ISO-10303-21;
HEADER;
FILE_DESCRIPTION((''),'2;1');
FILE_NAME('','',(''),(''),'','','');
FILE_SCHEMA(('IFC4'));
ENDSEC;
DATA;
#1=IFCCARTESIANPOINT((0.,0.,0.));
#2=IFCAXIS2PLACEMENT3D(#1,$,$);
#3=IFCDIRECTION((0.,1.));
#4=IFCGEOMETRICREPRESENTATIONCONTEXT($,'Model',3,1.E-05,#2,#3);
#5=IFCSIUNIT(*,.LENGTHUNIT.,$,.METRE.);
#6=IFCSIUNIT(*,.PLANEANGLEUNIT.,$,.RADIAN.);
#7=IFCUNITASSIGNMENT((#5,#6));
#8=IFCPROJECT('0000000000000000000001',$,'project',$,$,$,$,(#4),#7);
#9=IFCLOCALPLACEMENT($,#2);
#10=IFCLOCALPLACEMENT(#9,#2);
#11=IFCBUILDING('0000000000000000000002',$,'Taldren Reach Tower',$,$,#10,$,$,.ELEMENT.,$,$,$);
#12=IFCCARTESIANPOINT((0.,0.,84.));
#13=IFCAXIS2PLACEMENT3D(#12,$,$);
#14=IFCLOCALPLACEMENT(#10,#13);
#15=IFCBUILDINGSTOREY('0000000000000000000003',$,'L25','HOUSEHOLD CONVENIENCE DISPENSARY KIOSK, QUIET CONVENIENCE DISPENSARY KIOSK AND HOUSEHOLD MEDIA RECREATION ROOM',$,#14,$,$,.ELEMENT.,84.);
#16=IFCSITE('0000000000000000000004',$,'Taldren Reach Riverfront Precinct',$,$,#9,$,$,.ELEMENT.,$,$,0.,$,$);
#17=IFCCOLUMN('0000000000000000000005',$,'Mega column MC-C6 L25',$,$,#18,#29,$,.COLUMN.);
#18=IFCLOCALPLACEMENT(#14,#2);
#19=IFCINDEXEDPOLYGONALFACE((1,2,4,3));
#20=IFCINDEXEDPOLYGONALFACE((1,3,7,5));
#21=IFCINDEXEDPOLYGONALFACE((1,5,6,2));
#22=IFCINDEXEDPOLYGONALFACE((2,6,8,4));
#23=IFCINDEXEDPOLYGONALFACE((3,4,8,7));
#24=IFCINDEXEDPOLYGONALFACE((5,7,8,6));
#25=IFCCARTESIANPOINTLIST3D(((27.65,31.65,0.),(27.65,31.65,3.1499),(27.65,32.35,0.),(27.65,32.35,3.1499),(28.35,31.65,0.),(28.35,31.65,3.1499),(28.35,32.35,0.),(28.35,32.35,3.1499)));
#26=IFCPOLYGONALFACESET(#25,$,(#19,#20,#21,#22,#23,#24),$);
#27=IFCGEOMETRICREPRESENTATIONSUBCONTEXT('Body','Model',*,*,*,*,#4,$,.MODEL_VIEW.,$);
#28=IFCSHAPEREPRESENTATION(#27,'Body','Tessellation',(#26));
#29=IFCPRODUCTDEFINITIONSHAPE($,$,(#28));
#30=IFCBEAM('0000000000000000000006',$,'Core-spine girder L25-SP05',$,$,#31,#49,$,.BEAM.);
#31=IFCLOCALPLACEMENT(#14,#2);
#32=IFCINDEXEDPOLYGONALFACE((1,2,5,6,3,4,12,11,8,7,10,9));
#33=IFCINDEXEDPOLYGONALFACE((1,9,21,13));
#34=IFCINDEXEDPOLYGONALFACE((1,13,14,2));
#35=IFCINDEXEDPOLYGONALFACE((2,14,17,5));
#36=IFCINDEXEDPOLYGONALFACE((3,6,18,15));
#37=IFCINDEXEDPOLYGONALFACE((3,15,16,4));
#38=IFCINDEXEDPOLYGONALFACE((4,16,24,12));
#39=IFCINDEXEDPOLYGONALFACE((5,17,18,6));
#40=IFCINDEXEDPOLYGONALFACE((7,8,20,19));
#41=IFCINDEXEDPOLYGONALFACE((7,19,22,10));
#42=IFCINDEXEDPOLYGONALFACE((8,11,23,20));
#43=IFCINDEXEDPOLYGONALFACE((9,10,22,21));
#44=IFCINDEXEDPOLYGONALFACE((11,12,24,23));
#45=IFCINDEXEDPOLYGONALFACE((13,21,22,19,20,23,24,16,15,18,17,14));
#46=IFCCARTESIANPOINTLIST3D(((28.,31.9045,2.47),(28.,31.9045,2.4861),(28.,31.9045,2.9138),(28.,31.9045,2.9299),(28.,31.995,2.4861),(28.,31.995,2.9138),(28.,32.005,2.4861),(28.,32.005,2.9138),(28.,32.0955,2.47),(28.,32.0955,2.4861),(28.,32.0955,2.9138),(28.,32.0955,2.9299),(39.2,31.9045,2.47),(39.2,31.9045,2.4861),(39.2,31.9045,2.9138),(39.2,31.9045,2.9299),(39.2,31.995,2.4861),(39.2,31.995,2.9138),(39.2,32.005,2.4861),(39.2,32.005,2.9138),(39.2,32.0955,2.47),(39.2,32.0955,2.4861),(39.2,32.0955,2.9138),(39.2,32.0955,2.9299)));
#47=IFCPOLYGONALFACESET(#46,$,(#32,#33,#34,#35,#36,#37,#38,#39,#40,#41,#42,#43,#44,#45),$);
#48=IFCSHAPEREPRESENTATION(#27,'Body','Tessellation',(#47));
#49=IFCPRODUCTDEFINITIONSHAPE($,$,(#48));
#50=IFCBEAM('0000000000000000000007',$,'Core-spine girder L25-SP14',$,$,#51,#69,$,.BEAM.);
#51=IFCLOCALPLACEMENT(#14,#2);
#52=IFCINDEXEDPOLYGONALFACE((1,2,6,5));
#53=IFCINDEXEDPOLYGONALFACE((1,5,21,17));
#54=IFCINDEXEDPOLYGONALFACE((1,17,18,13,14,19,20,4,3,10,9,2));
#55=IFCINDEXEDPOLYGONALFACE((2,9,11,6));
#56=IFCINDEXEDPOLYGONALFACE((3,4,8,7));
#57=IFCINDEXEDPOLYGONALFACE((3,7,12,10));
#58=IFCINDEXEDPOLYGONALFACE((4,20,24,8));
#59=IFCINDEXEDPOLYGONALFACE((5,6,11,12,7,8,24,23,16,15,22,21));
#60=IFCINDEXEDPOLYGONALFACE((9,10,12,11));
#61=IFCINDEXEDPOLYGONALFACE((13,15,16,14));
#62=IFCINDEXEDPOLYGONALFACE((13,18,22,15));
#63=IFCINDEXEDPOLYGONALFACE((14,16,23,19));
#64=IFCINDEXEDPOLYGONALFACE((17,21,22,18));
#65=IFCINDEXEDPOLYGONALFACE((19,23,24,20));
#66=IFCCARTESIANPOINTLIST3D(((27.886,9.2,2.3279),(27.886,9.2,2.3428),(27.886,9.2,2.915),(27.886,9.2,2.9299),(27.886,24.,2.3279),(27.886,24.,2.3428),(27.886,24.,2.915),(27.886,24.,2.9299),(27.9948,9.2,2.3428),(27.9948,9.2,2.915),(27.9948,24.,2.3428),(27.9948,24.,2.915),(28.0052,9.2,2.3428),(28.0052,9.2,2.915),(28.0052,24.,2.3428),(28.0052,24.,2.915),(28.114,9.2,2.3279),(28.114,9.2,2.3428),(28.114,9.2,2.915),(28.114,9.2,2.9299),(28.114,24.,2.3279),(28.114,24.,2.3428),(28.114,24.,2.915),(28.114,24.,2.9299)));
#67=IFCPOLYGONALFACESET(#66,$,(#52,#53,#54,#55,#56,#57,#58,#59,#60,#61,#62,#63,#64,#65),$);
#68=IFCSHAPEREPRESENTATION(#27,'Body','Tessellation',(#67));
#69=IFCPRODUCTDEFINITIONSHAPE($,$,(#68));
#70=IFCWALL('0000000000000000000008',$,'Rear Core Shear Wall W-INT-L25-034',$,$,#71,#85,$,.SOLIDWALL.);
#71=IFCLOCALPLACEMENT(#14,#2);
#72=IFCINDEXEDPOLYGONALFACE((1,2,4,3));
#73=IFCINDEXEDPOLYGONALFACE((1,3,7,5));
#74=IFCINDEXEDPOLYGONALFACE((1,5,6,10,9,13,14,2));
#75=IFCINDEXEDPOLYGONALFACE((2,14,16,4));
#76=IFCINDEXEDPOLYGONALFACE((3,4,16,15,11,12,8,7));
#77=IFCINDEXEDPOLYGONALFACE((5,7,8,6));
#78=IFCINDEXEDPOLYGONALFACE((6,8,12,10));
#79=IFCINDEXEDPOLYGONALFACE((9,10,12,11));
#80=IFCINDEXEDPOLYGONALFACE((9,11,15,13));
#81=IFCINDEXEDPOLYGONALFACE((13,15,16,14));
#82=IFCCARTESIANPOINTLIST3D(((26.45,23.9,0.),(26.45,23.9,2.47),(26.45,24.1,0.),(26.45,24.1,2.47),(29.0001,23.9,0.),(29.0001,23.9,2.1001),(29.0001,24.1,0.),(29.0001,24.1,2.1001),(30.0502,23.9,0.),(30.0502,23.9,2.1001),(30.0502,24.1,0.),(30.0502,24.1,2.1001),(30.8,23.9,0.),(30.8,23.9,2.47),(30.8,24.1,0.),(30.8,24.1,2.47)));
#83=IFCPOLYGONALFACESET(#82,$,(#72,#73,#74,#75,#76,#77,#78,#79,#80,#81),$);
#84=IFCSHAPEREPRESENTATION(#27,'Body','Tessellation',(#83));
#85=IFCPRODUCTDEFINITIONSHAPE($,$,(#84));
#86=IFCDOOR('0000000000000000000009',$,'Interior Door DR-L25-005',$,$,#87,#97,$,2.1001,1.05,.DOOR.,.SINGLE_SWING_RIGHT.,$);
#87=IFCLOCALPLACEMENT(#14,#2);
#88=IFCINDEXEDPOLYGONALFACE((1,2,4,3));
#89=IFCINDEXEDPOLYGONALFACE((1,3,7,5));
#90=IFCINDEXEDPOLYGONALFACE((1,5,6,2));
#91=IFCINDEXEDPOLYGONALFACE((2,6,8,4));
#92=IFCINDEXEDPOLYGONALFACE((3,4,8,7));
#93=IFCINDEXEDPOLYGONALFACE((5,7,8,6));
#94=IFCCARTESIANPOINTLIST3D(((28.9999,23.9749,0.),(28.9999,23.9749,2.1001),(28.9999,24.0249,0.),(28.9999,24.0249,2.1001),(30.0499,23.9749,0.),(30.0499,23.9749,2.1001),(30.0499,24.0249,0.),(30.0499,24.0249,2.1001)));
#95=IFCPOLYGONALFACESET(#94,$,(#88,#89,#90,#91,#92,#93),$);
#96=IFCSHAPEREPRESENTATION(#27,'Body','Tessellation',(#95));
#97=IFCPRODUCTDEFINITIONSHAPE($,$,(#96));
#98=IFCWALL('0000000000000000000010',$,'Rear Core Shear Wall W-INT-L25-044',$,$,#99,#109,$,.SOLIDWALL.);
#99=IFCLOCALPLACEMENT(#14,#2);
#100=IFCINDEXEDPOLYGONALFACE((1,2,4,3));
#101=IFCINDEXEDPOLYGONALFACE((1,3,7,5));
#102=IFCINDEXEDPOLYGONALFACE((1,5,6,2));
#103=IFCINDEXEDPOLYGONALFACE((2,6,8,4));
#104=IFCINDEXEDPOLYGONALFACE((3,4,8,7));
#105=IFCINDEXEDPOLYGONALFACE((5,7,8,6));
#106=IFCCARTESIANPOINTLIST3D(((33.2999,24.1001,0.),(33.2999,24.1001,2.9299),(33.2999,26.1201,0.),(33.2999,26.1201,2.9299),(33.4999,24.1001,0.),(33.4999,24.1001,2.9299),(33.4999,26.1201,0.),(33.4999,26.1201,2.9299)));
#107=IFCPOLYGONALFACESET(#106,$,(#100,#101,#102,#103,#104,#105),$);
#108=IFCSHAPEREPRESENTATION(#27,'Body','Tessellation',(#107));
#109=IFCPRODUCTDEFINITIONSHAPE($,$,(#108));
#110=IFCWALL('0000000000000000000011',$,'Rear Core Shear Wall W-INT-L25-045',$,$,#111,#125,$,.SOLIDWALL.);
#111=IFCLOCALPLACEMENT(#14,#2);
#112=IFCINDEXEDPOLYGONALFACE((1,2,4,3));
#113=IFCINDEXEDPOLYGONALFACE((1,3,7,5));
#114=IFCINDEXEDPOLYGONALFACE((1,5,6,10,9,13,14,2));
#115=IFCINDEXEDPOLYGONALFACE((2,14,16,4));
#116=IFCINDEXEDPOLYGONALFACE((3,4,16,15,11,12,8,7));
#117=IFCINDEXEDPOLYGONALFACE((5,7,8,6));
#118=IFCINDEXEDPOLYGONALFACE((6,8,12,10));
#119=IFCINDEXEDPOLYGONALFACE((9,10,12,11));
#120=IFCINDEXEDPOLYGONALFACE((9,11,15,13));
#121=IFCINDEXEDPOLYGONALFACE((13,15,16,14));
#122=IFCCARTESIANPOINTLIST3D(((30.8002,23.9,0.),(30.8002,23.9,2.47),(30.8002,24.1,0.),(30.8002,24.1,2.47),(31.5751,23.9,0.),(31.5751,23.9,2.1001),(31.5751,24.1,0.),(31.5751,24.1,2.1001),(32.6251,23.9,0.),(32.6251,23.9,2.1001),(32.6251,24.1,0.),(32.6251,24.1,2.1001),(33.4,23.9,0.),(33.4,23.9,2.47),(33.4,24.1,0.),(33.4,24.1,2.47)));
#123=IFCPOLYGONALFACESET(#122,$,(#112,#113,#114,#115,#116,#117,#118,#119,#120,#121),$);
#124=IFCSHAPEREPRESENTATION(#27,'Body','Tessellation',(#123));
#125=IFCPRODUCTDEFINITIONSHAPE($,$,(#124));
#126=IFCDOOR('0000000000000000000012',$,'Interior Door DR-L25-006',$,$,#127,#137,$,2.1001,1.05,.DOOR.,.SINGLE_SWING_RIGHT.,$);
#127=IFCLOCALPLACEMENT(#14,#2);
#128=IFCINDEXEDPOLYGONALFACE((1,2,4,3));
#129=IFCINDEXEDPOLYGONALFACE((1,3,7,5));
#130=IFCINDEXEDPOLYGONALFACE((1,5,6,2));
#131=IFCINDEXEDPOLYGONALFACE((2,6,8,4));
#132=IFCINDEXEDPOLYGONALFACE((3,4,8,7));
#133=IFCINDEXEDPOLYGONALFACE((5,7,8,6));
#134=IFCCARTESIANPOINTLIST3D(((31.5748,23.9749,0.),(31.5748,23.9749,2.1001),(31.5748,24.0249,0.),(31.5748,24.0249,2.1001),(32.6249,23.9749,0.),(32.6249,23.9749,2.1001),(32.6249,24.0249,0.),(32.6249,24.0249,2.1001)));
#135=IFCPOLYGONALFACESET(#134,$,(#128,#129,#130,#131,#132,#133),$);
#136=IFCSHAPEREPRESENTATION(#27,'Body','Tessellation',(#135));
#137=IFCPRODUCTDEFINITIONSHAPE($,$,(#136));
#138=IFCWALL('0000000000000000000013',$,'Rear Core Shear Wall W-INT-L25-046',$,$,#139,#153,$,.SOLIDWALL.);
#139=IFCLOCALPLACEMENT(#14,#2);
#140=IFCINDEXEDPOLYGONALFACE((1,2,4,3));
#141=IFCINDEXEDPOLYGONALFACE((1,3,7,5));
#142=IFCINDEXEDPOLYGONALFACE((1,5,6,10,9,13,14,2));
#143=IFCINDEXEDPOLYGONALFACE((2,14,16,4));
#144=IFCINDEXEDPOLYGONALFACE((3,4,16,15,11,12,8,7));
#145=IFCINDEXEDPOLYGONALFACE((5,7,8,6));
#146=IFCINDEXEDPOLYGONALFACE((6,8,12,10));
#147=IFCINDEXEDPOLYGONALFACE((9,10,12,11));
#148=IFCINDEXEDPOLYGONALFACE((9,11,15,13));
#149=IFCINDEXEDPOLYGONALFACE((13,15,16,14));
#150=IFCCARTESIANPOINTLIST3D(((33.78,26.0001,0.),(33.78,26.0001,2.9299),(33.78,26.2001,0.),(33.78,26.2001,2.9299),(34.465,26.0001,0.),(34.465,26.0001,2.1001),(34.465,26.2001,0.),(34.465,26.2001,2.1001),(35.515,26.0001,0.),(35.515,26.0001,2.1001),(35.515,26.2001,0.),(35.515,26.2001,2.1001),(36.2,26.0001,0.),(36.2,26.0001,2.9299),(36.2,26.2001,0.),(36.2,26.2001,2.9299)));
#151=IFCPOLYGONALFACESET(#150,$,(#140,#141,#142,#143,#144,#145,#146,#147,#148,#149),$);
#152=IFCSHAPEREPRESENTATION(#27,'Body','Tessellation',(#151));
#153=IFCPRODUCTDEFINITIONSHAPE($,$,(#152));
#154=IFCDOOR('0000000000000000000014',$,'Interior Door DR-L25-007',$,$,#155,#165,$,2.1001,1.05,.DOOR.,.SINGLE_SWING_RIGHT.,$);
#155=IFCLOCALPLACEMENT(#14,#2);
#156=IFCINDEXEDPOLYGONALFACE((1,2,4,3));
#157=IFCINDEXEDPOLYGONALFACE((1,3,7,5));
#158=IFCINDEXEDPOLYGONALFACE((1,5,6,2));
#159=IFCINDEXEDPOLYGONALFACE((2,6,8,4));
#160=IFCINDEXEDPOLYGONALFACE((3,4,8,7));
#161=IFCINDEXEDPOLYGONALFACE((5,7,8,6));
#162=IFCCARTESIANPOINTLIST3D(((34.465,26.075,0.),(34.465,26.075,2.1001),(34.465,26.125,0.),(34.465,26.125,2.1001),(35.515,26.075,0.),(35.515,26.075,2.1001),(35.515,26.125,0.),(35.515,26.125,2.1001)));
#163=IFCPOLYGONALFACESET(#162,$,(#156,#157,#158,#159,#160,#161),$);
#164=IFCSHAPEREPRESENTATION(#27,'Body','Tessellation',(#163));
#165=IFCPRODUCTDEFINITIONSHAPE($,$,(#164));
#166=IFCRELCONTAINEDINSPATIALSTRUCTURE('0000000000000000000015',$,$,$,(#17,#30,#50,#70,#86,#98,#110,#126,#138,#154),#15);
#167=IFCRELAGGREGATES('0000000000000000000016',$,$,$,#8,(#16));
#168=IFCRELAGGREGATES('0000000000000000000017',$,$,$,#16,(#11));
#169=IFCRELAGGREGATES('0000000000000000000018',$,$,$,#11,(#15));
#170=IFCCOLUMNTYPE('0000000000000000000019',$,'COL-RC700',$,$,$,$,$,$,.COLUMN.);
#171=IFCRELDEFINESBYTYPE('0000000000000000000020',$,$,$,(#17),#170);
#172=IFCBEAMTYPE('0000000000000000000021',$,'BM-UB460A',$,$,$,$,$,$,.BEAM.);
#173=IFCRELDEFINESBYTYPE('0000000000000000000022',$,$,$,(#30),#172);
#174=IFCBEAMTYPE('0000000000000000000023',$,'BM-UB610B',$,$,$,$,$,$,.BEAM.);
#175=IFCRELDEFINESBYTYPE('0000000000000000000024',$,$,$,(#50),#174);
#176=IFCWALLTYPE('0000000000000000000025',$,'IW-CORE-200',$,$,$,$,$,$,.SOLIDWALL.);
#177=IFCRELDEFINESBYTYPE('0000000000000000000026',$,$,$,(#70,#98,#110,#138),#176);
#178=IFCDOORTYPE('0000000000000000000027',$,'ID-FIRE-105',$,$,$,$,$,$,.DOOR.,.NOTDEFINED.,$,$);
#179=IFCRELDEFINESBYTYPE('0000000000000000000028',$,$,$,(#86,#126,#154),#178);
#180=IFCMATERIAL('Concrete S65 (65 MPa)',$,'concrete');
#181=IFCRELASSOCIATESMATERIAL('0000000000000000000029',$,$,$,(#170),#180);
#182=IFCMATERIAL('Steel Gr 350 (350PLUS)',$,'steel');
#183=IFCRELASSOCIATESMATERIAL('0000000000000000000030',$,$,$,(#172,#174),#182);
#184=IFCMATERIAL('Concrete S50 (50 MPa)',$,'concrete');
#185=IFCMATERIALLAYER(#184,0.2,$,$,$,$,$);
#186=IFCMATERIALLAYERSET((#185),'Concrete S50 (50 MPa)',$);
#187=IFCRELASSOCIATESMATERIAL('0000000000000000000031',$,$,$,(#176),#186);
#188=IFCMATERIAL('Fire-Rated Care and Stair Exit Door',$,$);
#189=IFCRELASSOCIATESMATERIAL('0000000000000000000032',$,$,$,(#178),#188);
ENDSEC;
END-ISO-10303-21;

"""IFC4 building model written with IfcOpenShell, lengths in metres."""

from ifc_helpers import new_model, si_unit, direction, frame, frame_2d, origin, origin_2d, place, context, subcontext, project, spatial, rectangle, i_section, extrude, source, transform, mapped, material, layer, layer_set, material_profile, profile_set, type_object, element, fill, save


model = new_model("IFC4")

# Units and contexts
model_context = context("Model", 3, precision=1e-05, world=origin(), true_north=direction((0.0, 1.0)))
body_context = subcontext(model_context, "Body", "Model", "MODEL_VIEW")
ifc_project = project(units=[si_unit("LENGTHUNIT", "METRE"), si_unit("PLANEANGLEUNIT", "RADIAN")], contexts=[model_context])

# Site, building, storey
site_placement = place(None, origin())
site = spatial("IfcSite", under=ifc_project, at=site_placement, Name="Taldren Reach Riverfront Precinct", CompositionType="ELEMENT", RefElevation=0.0)
building_placement = place(site_placement, origin())
building = spatial("IfcBuilding", under=site, at=building_placement, Name="Taldren Reach Tower", CompositionType="ELEMENT")
storey_placement = place(building_placement, frame((0.0, 0.0, 84.0)))
storey = spatial("IfcBuildingStorey", under=building, at=storey_placement, Name="L25", Description="HOUSEHOLD CONVENIENCE DISPENSARY KIOSK, QUIET CONVENIENCE DISPENSARY KIOSK AND HOUSEHOLD MEDIA RECREATION ROOM", CompositionType="ELEMENT", Elevation=84.0)

# Column
ifc_material_1 = material(Name="Concrete S65 (65 MPa)", Category="concrete")
ifc_material_profile_1 = material_profile(ifc_material_1, rectangle(XDim=0.7, YDim=0.7, at=origin_2d()), Name="RC-700x700")
ifc_profile_set_1 = profile_set([ifc_material_profile_1], Name="Concrete S65 (65 MPa)")
column_type = type_object("IfcColumnType", Name="COL-RC700", PredefinedType="COLUMN", material=ifc_profile_set_1)
shared_shape_1 = source(origin(), body_context, "Body", "SweptSolid", [
    extrude(rectangle(XDim=0.7, YDim=0.7, at=origin_2d()), origin(), (0.0, 0.0, 1.0), 3.1499),
])
column_placement = place(storey_placement, frame((28.0, 32.0, 0.0), z_axis=(0.0, 0.0, 1.0), x_axis=(1.0, 0.0, 0.0)))
element("IfcColumn", 1, at=column_placement, inside=storey, type_object=column_type, Name="Mega column MC-C6 L25", PredefinedType="COLUMN", context=body_context, shape_type="MappedRepresentation", body=[
    mapped(shared_shape_1, transform((0.0, 0.0, 0.0), scale=1.0)),
])

# Beams
ifc_material_2 = material(Name="Steel Gr 350 (350PLUS)", Category="steel")
ifc_material_profile_2 = material_profile(ifc_material_2, i_section(OverallWidth=0.1909, OverallDepth=0.46, WebThickness=0.01, FlangeThickness=0.0161, at=origin_2d()), Name="460UB82.1")
ifc_profile_set_2 = profile_set([ifc_material_profile_2], Name="Steel Gr 350 (350PLUS)")
beam_type_1 = type_object("IfcBeamType", Name="BM-UB460A", PredefinedType="BEAM", material=ifc_profile_set_2)
shared_shape_2 = source(origin(), body_context, "Body", "SweptSolid", [
    extrude(i_section(OverallWidth=0.1909, OverallDepth=0.46, WebThickness=0.01, FlangeThickness=0.0161, at=origin_2d()), origin(), (0.0, 0.0, 1.0), 11.2),
])
beam_1_placement = place(storey_placement, frame((28.0, 32.0, 2.7), z_axis=(1.0, 0.0, 0.0), x_axis=(0.0, 1.0, 0.0)))
element("IfcBeam", 2, at=beam_1_placement, inside=storey, type_object=beam_type_1, Name="Core-spine girder L25-SP05", PredefinedType="BEAM", context=body_context, shape_type="MappedRepresentation", body=[
    mapped(shared_shape_2, transform((0.0, 0.0, 0.0), scale=1.0)),
])
ifc_material_profile_3 = material_profile(ifc_material_2, i_section(OverallWidth=0.228, OverallDepth=0.6021, WebThickness=0.0105, FlangeThickness=0.0149, at=origin_2d()), Name="610UB101")
ifc_profile_set_3 = profile_set([ifc_material_profile_3], Name="Steel Gr 350 (350PLUS)")
beam_type_2 = type_object("IfcBeamType", Name="BM-UB610B", PredefinedType="BEAM", material=ifc_profile_set_3)
shared_shape_3 = source(origin(), body_context, "Body", "SweptSolid", [
    extrude(i_section(OverallWidth=0.228, OverallDepth=0.6021, WebThickness=0.0105, FlangeThickness=0.0149, at=origin_2d()), origin(), (0.0, 0.0, 1.0), 14.8),
])
beam_2_placement = place(storey_placement, frame((28.0, 24.0, 2.6289), z_axis=(0.0, -1.0, 0.0), x_axis=(1.0, 0.0, 0.0)))
element("IfcBeam", 3, at=beam_2_placement, inside=storey, type_object=beam_type_2, Name="Core-spine girder L25-SP14", PredefinedType="BEAM", context=body_context, shape_type="MappedRepresentation", body=[
    mapped(shared_shape_3, transform((0.0, 0.0, 0.0), scale=1.0)),
])

# Wall, opening, door
ifc_material_3 = material(Name="Concrete S50 (50 MPa)", Category="concrete")
ifc_layer_1 = layer(ifc_material_3, 0.2)
ifc_layer_set_1 = layer_set([ifc_layer_1], Name="Concrete S50 (50 MPa)")
wall_type_1 = type_object("IfcWallType", Name="IW-CORE-200", PredefinedType="SOLIDWALL", material=ifc_layer_set_1)
shared_shape_4 = source(origin(), body_context, "Body", "SweptSolid", [
    extrude(rectangle(XDim=4.3501, YDim=0.2, at=frame_2d((2.175, 0.0))), origin(), (0.0, 0.0, 1.0), 2.47),
])
wall_1_placement = place(storey_placement, frame((30.8, 24.0, 0.0), z_axis=(0.0, 0.0, 1.0), x_axis=(-1.0, 0.0, 0.0)))
wall_1 = element("IfcWall", 4, at=wall_1_placement, inside=storey, type_object=wall_type_1, Name="Rear Core Shear Wall W-INT-L25-034", PredefinedType="SOLIDWALL", context=body_context, shape_type="MappedRepresentation", body=[
    mapped(shared_shape_4, transform((0.0, 0.0, 0.0), scale=1.0)),
])
shared_shape_5 = source(origin(), body_context, "Body", "SweptSolid", [
    extrude(rectangle(XDim=1.05, YDim=2.1001, at=frame_2d((0.5249, 1.05))), frame((0.0, 0.1099, 0.0), z_axis=(0.0, -1.0, 0.0), x_axis=(1.0, 0.0, 0.0)), (0.0, 0.0, 1.0), 0.22),
])
opening_1_placement = place(wall_1_placement, frame((0.75, 0.0, 0.0)))
opening_1 = element("IfcOpeningElement", 5, at=opening_1_placement, cuts=wall_1, PredefinedType="OPENING", context=body_context, shape_type="MappedRepresentation", body=[
    mapped(shared_shape_5, transform((0.0, 0.0, 0.0), scale=1.0)),
])
ifc_material_4 = material(Name="Fire-Rated Care and Stair Exit Door")
door_type_1 = type_object("IfcDoorType", Name="ID-FIRE-105", OperationType="NOTDEFINED", PredefinedType="DOOR", material=ifc_material_4)
shared_shape_6 = source(origin(), body_context, "Body", "SweptSolid", [
    extrude(rectangle(XDim=1.05, YDim=2.1001, at=frame_2d((0.5249, 1.05))), frame((0.0, 0.0249, 0.0), z_axis=(0.0, -1.0, 0.0), x_axis=(1.0, 0.0, 0.0)), (0.0, 0.0, 1.0), 0.05),
])
door_1_placement = place(opening_1_placement, frame((1.05, 0.0, 0.0), z_axis=(0.0, 0.0, 1.0), x_axis=(-1.0, 0.0, 0.0)))
door_1 = element("IfcDoor", 6, at=door_1_placement, inside=storey, type_object=door_type_1, Name="Interior Door DR-L25-005", OperationType="SINGLE_SWING_RIGHT", OverallHeight=2.1001, OverallWidth=1.05, PredefinedType="DOOR", context=body_context, shape_type="MappedRepresentation", body=[
    mapped(shared_shape_6, transform((0.0, 0.0, 0.0), scale=1.0)),
])
fill(opening_1, door_1)

# Wall
shared_shape_7 = source(origin(), body_context, "Body", "SweptSolid", [
    extrude(rectangle(XDim=2.02, YDim=0.2, at=frame_2d((1.01, 0.0))), origin(), (0.0, 0.0, 1.0), 2.9299),
])
wall_2_placement = place(storey_placement, frame((33.3999, 26.1201, 0.0), z_axis=(0.0, 0.0, 1.0), x_axis=(0.0, -1.0, 0.0)))
element("IfcWall", 7, at=wall_2_placement, inside=storey, type_object=wall_type_1, Name="Rear Core Shear Wall W-INT-L25-044", PredefinedType="SOLIDWALL", context=body_context, shape_type="MappedRepresentation", body=[
    mapped(shared_shape_7, transform((0.0, 0.0, 0.0), scale=1.0)),
])

# Walls, openings, doors
shared_shape_8 = source(origin(), body_context, "Body", "SweptSolid", [
    extrude(rectangle(XDim=2.5999, YDim=0.2, at=frame_2d((1.2998, 0.0))), origin(), (0.0, 0.0, 1.0), 2.47),
])
wall_3_placement = place(storey_placement, frame((33.3999, 24.0, 0.0), z_axis=(0.0, 0.0, 1.0), x_axis=(-1.0, 0.0, 0.0)))
wall_3 = element("IfcWall", 8, at=wall_3_placement, inside=storey, type_object=wall_type_1, Name="Rear Core Shear Wall W-INT-L25-045", PredefinedType="SOLIDWALL", context=body_context, shape_type="MappedRepresentation", body=[
    mapped(shared_shape_8, transform((0.0, 0.0, 0.0), scale=1.0)),
])
opening_2_placement = place(wall_3_placement, frame((0.7749, 0.0, 0.0)))
opening_2 = element("IfcOpeningElement", 9, at=opening_2_placement, cuts=wall_3, PredefinedType="OPENING", context=body_context, shape_type="MappedRepresentation", body=[
    mapped(shared_shape_5, transform((0.0, 0.0, 0.0), scale=1.0)),
])
door_2_placement = place(opening_2_placement, frame((1.05, 0.0, 0.0), z_axis=(0.0, 0.0, 1.0), x_axis=(-1.0, 0.0, 0.0)))
door_2 = element("IfcDoor", 10, at=door_2_placement, inside=storey, type_object=door_type_1, Name="Interior Door DR-L25-006", OperationType="SINGLE_SWING_RIGHT", OverallHeight=2.1001, OverallWidth=1.05, PredefinedType="DOOR", context=body_context, shape_type="MappedRepresentation", body=[
    mapped(shared_shape_6, transform((0.0, 0.0, 0.0), scale=1.0)),
])
fill(opening_2, door_2)
shared_shape_9 = source(origin(), body_context, "Body", "SweptSolid", [
    extrude(rectangle(XDim=2.4199, YDim=0.2, at=frame_2d((1.21, 0.0))), origin(), (0.0, 0.0, 1.0), 2.9299),
])
wall_4_placement = place(storey_placement, frame((33.78, 26.1001, 0.0), z_axis=(0.0, 0.0, 1.0), x_axis=(1.0, 0.0, 0.0)))
wall_4 = element("IfcWall", 11, at=wall_4_placement, inside=storey, type_object=wall_type_1, Name="Rear Core Shear Wall W-INT-L25-046", PredefinedType="SOLIDWALL", context=body_context, shape_type="MappedRepresentation", body=[
    mapped(shared_shape_9, transform((0.0, 0.0, 0.0), scale=1.0)),
])
opening_3_placement = place(wall_4_placement, frame((0.6851, 0.0, 0.0)))
opening_3 = element("IfcOpeningElement", 12, at=opening_3_placement, cuts=wall_4, PredefinedType="OPENING", context=body_context, shape_type="MappedRepresentation", body=[
    mapped(shared_shape_5, transform((0.0, 0.0, 0.0), scale=1.0)),
])
door_3_placement = place(opening_3_placement, origin())
door_3 = element("IfcDoor", 13, at=door_3_placement, inside=storey, type_object=door_type_1, Name="Interior Door DR-L25-007", OperationType="SINGLE_SWING_RIGHT", OverallHeight=2.1001, OverallWidth=1.05, PredefinedType="DOOR", context=body_context, shape_type="MappedRepresentation", body=[
    mapped(shared_shape_6, transform((0.0, 0.0, 0.0), scale=1.0)),
])
fill(opening_3, door_3)

save(model, "model.ifc")
